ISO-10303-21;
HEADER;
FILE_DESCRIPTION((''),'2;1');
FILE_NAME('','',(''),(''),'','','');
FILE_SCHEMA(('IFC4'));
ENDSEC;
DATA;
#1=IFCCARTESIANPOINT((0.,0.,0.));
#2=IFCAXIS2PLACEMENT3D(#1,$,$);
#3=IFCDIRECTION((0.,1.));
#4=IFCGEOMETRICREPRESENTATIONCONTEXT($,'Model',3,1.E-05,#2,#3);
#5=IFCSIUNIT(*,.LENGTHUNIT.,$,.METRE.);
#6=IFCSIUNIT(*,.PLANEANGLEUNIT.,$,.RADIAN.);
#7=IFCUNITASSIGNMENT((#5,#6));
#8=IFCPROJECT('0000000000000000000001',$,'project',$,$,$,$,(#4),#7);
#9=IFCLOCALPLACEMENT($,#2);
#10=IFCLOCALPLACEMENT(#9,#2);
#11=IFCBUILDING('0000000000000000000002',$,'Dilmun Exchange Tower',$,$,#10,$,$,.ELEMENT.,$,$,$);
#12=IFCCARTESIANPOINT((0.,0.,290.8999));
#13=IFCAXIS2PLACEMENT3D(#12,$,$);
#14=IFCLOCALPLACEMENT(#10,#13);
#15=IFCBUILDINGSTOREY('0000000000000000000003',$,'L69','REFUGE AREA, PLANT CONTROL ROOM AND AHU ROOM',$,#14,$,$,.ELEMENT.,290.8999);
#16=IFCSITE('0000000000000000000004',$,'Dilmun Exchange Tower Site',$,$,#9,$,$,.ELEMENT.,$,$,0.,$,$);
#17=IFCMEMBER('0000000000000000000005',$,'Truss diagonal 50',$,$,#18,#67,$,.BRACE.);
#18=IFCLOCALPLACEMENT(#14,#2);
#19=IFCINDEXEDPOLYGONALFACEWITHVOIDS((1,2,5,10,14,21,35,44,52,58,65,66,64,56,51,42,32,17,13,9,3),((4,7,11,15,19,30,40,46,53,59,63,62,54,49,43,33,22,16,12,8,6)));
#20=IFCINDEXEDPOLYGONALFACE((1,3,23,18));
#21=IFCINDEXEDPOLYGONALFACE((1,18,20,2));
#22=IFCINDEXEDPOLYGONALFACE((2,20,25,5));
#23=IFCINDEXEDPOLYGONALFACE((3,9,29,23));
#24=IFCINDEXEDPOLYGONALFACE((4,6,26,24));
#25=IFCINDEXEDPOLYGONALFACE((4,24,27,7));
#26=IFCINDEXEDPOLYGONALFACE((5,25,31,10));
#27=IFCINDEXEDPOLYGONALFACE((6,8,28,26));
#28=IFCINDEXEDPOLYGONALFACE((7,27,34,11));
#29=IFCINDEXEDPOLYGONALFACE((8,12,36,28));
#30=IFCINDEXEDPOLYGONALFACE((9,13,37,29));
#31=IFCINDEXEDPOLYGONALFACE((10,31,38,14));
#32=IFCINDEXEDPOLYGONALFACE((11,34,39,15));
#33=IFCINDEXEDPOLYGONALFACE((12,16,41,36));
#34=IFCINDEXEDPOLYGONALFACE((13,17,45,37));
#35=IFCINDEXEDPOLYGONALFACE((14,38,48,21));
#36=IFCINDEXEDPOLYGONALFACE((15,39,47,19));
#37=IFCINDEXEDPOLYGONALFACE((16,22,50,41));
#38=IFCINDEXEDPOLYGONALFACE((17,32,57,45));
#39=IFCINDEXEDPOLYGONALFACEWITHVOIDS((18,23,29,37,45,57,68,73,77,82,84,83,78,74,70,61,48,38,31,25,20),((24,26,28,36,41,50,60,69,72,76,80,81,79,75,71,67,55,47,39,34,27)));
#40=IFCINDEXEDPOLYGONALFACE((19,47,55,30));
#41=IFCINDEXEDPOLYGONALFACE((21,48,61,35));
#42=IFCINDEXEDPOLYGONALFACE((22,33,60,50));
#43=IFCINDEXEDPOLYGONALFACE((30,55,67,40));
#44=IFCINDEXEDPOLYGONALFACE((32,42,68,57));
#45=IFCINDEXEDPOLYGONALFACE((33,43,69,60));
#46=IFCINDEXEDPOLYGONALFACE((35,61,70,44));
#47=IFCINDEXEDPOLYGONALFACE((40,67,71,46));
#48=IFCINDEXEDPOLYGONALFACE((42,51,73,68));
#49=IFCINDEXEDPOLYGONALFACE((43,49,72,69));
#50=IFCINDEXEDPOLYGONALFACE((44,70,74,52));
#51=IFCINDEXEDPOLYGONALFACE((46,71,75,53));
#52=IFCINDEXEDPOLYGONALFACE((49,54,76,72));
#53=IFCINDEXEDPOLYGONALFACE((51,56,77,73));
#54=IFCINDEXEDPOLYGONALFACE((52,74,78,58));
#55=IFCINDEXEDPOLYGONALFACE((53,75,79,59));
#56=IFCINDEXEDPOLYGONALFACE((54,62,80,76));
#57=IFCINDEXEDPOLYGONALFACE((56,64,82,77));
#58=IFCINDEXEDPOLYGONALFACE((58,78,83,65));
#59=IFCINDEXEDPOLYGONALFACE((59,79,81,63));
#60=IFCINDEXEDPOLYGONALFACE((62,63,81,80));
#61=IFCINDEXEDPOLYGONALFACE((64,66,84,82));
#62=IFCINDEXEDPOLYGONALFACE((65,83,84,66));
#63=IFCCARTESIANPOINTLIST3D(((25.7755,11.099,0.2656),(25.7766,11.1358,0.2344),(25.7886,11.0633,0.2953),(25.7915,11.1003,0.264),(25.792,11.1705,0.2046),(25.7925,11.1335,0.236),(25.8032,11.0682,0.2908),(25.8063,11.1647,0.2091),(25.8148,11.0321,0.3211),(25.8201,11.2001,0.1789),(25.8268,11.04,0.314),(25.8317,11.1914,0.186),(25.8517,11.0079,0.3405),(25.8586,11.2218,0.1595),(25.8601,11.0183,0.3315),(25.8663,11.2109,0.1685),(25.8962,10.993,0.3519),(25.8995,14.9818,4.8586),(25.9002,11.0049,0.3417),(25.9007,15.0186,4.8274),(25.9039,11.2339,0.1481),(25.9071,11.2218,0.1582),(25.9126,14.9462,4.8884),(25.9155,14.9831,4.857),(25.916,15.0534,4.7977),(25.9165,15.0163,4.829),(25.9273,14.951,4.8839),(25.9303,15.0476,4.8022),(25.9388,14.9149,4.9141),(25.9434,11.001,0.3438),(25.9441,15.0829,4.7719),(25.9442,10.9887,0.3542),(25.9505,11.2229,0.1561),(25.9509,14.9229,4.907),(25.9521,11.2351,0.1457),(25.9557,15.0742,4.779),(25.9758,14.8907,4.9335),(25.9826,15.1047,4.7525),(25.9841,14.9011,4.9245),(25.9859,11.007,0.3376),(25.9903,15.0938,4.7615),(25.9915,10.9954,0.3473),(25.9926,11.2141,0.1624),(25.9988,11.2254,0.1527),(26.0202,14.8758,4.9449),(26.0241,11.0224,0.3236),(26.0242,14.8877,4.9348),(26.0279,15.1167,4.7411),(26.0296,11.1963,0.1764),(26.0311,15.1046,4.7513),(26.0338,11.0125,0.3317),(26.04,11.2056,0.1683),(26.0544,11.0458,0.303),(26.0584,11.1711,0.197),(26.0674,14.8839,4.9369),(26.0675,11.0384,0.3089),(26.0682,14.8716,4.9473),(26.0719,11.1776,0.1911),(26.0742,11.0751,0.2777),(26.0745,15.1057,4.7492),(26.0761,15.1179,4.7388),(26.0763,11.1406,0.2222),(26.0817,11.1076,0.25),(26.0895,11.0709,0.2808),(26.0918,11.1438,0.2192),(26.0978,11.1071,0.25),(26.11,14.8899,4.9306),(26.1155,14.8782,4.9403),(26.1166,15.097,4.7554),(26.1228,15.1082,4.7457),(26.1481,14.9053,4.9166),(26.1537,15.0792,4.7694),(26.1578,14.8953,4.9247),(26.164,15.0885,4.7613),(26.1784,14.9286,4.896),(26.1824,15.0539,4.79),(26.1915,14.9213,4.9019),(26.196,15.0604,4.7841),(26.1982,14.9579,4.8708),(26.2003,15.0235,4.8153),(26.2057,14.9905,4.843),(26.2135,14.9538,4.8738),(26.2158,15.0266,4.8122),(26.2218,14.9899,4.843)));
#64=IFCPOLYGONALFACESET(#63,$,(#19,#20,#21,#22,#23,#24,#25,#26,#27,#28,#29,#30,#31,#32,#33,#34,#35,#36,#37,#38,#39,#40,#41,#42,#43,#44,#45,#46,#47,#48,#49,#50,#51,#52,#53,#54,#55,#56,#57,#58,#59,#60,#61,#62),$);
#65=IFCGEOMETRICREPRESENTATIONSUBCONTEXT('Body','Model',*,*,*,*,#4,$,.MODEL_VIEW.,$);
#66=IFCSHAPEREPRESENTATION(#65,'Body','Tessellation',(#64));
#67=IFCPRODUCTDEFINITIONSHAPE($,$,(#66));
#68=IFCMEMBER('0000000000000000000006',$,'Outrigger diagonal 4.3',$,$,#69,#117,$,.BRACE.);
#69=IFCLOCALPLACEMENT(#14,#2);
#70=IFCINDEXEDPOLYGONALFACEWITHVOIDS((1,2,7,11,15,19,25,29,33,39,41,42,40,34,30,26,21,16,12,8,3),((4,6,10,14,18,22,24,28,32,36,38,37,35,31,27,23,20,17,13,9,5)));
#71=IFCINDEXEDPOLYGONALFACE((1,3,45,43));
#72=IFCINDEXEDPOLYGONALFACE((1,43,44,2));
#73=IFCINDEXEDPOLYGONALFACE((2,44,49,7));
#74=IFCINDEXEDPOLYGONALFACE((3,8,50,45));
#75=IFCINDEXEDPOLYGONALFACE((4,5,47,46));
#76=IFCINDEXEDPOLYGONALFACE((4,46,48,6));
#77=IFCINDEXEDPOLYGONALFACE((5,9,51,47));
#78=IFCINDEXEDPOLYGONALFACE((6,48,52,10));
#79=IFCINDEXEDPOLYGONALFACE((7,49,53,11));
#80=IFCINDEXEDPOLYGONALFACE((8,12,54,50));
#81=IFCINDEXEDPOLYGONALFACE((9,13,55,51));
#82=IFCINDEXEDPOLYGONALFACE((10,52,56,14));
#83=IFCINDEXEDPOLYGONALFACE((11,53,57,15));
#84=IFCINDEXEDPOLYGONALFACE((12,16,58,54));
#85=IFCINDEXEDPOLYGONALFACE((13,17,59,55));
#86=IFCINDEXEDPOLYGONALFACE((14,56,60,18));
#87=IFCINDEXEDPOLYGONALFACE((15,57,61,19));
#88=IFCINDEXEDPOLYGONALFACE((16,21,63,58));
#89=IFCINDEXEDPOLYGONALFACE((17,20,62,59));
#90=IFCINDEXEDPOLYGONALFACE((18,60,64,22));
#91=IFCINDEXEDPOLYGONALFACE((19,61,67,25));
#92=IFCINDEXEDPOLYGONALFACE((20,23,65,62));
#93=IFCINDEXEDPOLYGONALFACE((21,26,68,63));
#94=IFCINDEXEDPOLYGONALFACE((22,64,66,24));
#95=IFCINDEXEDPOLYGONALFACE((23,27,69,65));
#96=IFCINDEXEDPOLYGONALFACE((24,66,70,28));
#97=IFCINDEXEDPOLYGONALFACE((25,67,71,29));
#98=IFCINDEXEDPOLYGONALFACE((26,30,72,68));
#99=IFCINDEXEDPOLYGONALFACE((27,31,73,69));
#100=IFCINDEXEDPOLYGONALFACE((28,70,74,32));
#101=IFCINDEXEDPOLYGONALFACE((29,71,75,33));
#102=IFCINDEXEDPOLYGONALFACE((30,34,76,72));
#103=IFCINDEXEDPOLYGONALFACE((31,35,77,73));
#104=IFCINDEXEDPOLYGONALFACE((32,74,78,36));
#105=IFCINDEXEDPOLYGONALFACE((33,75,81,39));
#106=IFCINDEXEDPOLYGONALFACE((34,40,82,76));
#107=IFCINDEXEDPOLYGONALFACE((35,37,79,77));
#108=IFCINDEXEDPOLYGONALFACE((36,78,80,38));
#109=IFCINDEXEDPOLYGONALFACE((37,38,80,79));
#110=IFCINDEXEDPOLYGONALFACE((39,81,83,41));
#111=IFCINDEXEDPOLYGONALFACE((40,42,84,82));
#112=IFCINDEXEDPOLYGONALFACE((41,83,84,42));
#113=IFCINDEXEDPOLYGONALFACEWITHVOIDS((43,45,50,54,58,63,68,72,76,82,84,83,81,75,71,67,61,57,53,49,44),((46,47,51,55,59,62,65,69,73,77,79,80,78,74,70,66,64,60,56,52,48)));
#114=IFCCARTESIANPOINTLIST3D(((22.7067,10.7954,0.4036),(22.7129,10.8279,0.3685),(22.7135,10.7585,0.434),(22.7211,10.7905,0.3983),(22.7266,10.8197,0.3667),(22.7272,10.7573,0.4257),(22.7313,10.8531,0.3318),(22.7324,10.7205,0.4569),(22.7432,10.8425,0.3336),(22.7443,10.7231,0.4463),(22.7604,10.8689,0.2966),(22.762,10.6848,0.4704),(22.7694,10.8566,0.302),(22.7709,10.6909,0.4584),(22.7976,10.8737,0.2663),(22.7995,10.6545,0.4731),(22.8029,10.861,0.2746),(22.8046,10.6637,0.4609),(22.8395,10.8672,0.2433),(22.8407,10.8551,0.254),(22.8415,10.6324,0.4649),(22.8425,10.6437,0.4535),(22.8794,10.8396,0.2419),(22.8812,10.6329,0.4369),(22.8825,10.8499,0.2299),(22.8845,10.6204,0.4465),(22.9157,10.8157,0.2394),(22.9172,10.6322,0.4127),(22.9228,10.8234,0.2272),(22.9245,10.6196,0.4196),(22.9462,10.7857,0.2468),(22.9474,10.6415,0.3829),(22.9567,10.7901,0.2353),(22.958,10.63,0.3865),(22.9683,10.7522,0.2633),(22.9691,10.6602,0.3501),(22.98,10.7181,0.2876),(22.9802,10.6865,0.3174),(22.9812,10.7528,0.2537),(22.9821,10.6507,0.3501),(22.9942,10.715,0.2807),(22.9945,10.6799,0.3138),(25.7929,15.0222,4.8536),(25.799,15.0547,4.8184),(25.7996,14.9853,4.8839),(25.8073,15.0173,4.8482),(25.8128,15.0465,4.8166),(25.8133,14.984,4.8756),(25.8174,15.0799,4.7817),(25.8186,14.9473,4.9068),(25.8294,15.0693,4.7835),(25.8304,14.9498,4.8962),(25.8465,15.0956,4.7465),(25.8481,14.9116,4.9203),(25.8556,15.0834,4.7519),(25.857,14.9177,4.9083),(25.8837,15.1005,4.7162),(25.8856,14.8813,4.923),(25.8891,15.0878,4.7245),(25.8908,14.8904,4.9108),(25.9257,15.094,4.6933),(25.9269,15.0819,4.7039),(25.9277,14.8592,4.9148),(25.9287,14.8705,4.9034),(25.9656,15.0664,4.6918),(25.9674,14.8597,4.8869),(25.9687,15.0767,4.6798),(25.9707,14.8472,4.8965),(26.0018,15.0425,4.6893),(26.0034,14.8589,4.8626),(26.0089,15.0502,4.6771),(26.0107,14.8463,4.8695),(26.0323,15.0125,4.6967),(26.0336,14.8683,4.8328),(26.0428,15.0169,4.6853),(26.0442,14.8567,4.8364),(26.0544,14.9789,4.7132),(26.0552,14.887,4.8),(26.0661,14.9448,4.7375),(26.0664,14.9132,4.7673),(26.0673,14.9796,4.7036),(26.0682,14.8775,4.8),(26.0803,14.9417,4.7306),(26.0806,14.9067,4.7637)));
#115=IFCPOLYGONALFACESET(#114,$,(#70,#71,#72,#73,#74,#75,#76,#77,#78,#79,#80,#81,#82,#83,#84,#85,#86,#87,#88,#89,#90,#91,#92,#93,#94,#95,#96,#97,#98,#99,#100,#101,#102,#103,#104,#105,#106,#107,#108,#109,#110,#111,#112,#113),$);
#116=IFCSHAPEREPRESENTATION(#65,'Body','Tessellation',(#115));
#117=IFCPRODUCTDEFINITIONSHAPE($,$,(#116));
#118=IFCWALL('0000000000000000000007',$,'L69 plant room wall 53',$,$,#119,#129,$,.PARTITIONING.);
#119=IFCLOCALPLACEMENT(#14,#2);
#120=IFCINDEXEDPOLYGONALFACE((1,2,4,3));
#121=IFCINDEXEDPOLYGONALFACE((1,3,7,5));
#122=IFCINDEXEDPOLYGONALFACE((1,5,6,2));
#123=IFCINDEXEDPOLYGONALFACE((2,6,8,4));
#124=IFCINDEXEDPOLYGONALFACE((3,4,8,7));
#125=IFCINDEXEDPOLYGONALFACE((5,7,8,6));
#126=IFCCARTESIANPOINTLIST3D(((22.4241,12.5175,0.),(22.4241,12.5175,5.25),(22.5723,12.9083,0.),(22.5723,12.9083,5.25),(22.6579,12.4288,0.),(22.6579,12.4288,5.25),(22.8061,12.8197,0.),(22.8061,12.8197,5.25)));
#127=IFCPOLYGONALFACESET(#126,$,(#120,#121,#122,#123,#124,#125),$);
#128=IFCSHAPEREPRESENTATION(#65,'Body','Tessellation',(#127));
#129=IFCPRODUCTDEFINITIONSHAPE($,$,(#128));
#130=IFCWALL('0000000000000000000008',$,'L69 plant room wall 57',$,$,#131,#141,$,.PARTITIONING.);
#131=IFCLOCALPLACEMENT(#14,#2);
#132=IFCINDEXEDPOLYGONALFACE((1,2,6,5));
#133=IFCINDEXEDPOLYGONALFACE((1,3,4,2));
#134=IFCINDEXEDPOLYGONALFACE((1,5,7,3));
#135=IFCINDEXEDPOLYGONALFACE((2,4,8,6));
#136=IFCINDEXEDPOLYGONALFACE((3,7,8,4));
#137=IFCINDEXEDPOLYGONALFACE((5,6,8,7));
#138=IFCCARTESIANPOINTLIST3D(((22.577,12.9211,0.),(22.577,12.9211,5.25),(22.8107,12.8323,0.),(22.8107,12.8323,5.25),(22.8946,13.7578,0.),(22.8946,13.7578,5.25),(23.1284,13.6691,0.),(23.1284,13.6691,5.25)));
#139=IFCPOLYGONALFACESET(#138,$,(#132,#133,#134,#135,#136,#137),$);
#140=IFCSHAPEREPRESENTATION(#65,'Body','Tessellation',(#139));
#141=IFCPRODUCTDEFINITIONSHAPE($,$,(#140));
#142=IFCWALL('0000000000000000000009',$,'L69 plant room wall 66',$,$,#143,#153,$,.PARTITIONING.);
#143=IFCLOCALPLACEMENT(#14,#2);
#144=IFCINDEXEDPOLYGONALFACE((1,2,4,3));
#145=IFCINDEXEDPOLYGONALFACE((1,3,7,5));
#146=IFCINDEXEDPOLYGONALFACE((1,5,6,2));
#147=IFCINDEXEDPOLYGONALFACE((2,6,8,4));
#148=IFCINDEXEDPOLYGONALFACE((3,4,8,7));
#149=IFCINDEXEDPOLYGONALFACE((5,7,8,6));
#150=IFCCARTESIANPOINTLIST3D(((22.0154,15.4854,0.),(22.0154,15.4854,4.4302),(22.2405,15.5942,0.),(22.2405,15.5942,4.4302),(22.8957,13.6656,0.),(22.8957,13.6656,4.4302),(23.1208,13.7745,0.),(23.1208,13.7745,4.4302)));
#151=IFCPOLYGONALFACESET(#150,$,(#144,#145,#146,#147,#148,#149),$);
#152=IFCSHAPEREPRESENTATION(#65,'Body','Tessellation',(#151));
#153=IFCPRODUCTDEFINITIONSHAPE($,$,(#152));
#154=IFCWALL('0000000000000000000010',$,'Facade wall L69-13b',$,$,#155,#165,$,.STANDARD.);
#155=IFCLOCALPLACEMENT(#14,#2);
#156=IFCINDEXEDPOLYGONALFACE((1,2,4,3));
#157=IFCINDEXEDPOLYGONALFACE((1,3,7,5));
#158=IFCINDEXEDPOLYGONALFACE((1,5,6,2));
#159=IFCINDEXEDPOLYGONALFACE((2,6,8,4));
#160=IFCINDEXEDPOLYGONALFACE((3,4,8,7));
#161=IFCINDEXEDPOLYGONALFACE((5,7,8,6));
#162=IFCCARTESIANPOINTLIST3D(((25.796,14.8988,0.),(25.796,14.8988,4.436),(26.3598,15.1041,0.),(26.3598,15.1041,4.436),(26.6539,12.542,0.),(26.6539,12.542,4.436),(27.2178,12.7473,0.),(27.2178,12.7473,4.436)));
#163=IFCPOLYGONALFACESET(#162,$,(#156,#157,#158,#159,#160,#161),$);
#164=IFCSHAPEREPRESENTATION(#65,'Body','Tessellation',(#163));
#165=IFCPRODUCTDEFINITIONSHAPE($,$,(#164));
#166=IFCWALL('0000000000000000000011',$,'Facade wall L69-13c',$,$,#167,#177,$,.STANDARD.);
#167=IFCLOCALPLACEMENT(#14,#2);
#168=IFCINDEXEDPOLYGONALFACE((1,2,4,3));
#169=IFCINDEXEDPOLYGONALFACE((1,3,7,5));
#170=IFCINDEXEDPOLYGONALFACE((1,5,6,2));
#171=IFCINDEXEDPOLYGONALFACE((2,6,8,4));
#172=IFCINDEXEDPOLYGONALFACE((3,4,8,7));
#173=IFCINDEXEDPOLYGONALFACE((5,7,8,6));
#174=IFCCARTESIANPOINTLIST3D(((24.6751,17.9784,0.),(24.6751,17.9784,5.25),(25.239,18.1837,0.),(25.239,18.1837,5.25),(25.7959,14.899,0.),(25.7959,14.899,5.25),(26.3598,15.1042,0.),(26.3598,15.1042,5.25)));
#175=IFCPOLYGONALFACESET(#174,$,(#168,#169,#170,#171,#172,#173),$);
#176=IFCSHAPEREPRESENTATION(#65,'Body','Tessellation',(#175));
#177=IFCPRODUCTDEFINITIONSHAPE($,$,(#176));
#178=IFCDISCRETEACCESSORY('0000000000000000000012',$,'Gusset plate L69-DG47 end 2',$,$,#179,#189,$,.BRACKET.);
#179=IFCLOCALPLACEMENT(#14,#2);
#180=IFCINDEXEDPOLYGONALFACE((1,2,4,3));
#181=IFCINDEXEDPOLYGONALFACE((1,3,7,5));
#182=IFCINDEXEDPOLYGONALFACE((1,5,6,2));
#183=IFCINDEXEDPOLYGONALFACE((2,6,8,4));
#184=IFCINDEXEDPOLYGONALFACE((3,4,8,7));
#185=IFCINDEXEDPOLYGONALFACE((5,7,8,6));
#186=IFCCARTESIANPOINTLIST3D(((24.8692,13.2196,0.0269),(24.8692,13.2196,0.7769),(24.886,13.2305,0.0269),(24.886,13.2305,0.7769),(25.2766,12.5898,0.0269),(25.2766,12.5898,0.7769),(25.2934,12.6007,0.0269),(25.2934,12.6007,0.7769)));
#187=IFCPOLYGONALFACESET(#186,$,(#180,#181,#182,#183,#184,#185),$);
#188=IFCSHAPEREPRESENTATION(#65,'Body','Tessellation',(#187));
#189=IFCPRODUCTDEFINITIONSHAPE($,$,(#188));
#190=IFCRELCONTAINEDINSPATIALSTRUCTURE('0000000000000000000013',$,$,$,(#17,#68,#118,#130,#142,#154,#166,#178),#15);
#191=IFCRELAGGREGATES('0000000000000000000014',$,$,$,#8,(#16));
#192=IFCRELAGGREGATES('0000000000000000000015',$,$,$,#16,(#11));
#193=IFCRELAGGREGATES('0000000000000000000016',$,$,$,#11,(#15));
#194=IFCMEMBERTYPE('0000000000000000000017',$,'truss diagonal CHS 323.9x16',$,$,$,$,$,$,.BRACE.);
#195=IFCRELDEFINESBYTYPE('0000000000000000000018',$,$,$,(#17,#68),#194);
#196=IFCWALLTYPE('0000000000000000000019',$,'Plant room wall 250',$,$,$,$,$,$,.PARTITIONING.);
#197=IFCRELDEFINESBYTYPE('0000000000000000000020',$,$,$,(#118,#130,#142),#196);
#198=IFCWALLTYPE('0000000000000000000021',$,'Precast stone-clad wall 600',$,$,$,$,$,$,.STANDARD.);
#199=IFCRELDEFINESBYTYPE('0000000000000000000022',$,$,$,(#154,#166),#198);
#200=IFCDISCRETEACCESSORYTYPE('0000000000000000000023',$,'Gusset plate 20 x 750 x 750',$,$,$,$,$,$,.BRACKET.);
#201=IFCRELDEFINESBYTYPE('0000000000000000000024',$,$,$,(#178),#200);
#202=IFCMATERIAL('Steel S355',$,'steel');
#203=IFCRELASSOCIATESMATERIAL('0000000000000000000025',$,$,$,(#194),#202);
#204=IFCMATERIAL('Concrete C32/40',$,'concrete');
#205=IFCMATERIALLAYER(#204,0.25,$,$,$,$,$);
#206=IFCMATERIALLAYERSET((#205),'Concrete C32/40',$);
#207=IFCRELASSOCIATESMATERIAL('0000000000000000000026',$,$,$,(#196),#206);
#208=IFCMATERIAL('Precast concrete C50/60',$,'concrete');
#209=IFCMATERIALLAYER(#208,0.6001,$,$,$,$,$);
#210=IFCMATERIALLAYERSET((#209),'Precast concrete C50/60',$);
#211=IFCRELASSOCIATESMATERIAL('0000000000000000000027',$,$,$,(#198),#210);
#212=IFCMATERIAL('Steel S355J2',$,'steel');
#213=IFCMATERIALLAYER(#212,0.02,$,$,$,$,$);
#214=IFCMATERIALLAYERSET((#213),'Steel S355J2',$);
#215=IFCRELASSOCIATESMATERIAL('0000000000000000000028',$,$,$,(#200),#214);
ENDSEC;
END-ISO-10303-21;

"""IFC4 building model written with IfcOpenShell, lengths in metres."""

from ifc_helpers import new_model, si_unit, direction, frame, frame_2d, origin, origin_2d, place, context, subcontext, project, spatial, rectangle, hollow_circle, extrude, material, layer, layer_set, material_profile, profile_set, type_object, element, save


model = new_model("IFC4")

# Units and contexts
model_context = context("Model", 3, precision=1e-05, world=origin(), true_north=direction((0.0, 1.0)))
body_context = subcontext(model_context, "Body", "Model", "MODEL_VIEW")
ifc_project = project(units=[si_unit("LENGTHUNIT", "METRE"), si_unit("PLANEANGLEUNIT", "RADIAN")], contexts=[model_context])

# Site, building, storey
site_placement = place(None, origin())
site = spatial("IfcSite", under=ifc_project, at=site_placement, Name="Dilmun Exchange Tower Site", CompositionType="ELEMENT", RefElevation=0.0)
building_placement = place(site_placement, origin())
building = spatial("IfcBuilding", under=site, at=building_placement, Name="Dilmun Exchange Tower", CompositionType="ELEMENT")
storey_placement = place(building_placement, frame((0.0, 0.0, 290.8999)))
storey = spatial("IfcBuildingStorey", under=building, at=storey_placement, Name="L69", Description="REFUGE AREA, PLANT CONTROL ROOM AND AHU ROOM", CompositionType="ELEMENT", Elevation=290.8999)

# Shared definitions
ifc_material_1 = material(Name="Steel S355", Category="steel")

# Members
ifc_material_profile_1 = material_profile(ifc_material_1, hollow_circle(Radius=0.1619, WallThickness=0.0161, at=origin_2d()), Name="CHS 323.9x16")
ifc_profile_set_1 = profile_set([ifc_material_profile_1], Name="Steel S355")
member_type_1 = type_object("IfcMemberType", Name="truss diagonal CHS 323.9x16", PredefinedType="BRACE", material=ifc_profile_set_1)
member_1_placement = place(storey_placement, frame((26.0601, 14.9951, 4.843), z_axis=(-0.020617, -0.645457, -0.763518), x_axis=(0.99949, -0.031925, 0.0)))
element("IfcMember", 1, at=member_1_placement, inside=storey, type_object=member_type_1, Name="Truss diagonal 50", PredefinedType="BRACE", context=body_context, shape_type="SweptSolid", body=[
    extrude(hollow_circle(Radius=0.1619, WallThickness=0.0161, at=origin_2d()), origin(), (0.0, 0.0, 1.0), 6.0156),
])
member_2_placement = place(storey_placement, frame((25.9375, 14.9729, 4.8), z_axis=(-0.449247, -0.615285, -0.647767), x_axis=(0.807631, -0.589688, 0.0)))
element("IfcMember", 2, at=member_2_placement, inside=storey, type_object=member_type_1, Name="Outrigger diagonal 4.3", PredefinedType="BRACE", context=body_context, shape_type="SweptSolid", body=[
    extrude(hollow_circle(Radius=0.1619, WallThickness=0.0161, at=origin_2d()), origin(), (0.0, 0.0, 1.0), 6.8696),
])

# Walls
ifc_material_2 = material(Name="Concrete C32/40", Category="concrete")
ifc_layer_1 = layer(ifc_material_2, 0.25)
ifc_layer_set_1 = layer_set([ifc_layer_1], Name="Concrete C32/40")
wall_type_1 = type_object("IfcWallType", Name="Plant room wall 250", PredefinedType="PARTITIONING", material=ifc_layer_set_1)
wall_1_placement = place(storey_placement, frame((22.541, 12.4731, 0.0), z_axis=(0.0, 0.0, 1.0), x_axis=(0.354513, 0.935051, 0.0)))
element("IfcWall", 3, at=wall_1_placement, inside=storey, type_object=wall_type_1, Name="L69 plant room wall 53", PredefinedType="PARTITIONING", context=body_context, shape_type="SweptSolid", body=[
    extrude(rectangle(XDim=0.418, YDim=0.25, at=frame_2d((0.209, 0.0))), origin(), (0.0, 0.0, 1.0), 5.25),
])
wall_2_placement = place(storey_placement, frame((22.6938, 12.8767, 0.0), z_axis=(0.0, 0.0, 1.0), x_axis=(0.354917, 0.934898, 0.0)))
element("IfcWall", 4, at=wall_2_placement, inside=storey, type_object=wall_type_1, Name="L69 plant room wall 57", PredefinedType="PARTITIONING", context=body_context, shape_type="SweptSolid", body=[
    extrude(rectangle(XDim=0.895, YDim=0.25, at=frame_2d((0.4475, 0.0))), origin(), (0.0, 0.0, 1.0), 5.25),
])
wall_3_placement = place(storey_placement, frame((22.1279, 15.5398, 0.0), z_axis=(0.0, 0.0, 1.0), x_axis=(0.435485, -0.900196, 0.0)))
element("IfcWall", 5, at=wall_3_placement, inside=storey, type_object=wall_type_1, Name="L69 plant room wall 66", PredefinedType="PARTITIONING", context=body_context, shape_type="SweptSolid", body=[
    extrude(rectangle(XDim=2.0215, YDim=0.25, at=frame_2d((1.0107, 0.0))), origin(), (0.0, 0.0, 1.0), 4.4302),
])
ifc_material_3 = material(Name="Precast concrete C50/60", Category="concrete")
ifc_layer_2 = layer(ifc_material_3, 0.6001)
ifc_layer_set_2 = layer_set([ifc_layer_2], Name="Precast concrete C50/60")
wall_type_2 = type_object("IfcWallType", Name="Precast stone-clad wall 600", PredefinedType="STANDARD", material=ifc_layer_set_2)
wall_4_placement = place(storey_placement, frame((26.9358, 12.6448, 0.0), z_axis=(0.0, 0.0, 1.0), x_axis=(-0.342071, 0.939674, 0.0)))
element("IfcWall", 6, at=wall_4_placement, inside=storey, type_object=wall_type_2, Name="Facade wall L69-13b", PredefinedType="STANDARD", context=body_context, shape_type="SweptSolid", body=[
    extrude(rectangle(XDim=2.5081, YDim=0.6001, at=frame_2d((1.2539, 0.0))), origin(), (0.0, 0.0, 1.0), 4.436),
])
wall_5_placement = place(storey_placement, frame((26.0779, 15.0015, 0.0), z_axis=(0.0, 0.0, 1.0), x_axis=(-0.342012, 0.939696, 0.0)))
element("IfcWall", 7, at=wall_5_placement, inside=storey, type_object=wall_type_2, Name="Facade wall L69-13c", PredefinedType="STANDARD", context=body_context, shape_type="SweptSolid", body=[
    extrude(rectangle(XDim=3.2771, YDim=0.6001, at=frame_2d((1.6387, 0.0))), origin(), (0.0, 0.0, 1.0), 5.25),
])

# Discrete accessory
ifc_material_4 = material(Name="Steel S355J2", Category="steel")
ifc_layer_3 = layer(ifc_material_4, 0.02)
ifc_layer_set_3 = layer_set([ifc_layer_3], Name="Steel S355J2")
discrete_accessory_type = type_object("IfcDiscreteAccessoryType", Name="Gusset plate 20 x 750 x 750", PredefinedType="BRACKET", material=ifc_layer_set_3)
for number, where, z_axis, x_axis, name in (
    (8, (25.0813, 12.9102, 0.0269), (0.0, 0.0, 1.0), (-0.543106, 0.839664, 0.0), "Gusset plate L69-DG47 end 2"),
):
    element("IfcDiscreteAccessory", number, at=place(storey_placement, frame(where, z_axis=z_axis, x_axis=x_axis)), inside=storey, type_object=discrete_accessory_type, Name=name, PredefinedType="BRACKET", context=body_context, shape_type="SweptSolid", body=[
        extrude(rectangle(XDim=0.75, YDim=0.02, at=origin_2d()), origin(), (0.0, 0.0, 1.0), 0.75),
    ])

save(model, "model.ifc")
